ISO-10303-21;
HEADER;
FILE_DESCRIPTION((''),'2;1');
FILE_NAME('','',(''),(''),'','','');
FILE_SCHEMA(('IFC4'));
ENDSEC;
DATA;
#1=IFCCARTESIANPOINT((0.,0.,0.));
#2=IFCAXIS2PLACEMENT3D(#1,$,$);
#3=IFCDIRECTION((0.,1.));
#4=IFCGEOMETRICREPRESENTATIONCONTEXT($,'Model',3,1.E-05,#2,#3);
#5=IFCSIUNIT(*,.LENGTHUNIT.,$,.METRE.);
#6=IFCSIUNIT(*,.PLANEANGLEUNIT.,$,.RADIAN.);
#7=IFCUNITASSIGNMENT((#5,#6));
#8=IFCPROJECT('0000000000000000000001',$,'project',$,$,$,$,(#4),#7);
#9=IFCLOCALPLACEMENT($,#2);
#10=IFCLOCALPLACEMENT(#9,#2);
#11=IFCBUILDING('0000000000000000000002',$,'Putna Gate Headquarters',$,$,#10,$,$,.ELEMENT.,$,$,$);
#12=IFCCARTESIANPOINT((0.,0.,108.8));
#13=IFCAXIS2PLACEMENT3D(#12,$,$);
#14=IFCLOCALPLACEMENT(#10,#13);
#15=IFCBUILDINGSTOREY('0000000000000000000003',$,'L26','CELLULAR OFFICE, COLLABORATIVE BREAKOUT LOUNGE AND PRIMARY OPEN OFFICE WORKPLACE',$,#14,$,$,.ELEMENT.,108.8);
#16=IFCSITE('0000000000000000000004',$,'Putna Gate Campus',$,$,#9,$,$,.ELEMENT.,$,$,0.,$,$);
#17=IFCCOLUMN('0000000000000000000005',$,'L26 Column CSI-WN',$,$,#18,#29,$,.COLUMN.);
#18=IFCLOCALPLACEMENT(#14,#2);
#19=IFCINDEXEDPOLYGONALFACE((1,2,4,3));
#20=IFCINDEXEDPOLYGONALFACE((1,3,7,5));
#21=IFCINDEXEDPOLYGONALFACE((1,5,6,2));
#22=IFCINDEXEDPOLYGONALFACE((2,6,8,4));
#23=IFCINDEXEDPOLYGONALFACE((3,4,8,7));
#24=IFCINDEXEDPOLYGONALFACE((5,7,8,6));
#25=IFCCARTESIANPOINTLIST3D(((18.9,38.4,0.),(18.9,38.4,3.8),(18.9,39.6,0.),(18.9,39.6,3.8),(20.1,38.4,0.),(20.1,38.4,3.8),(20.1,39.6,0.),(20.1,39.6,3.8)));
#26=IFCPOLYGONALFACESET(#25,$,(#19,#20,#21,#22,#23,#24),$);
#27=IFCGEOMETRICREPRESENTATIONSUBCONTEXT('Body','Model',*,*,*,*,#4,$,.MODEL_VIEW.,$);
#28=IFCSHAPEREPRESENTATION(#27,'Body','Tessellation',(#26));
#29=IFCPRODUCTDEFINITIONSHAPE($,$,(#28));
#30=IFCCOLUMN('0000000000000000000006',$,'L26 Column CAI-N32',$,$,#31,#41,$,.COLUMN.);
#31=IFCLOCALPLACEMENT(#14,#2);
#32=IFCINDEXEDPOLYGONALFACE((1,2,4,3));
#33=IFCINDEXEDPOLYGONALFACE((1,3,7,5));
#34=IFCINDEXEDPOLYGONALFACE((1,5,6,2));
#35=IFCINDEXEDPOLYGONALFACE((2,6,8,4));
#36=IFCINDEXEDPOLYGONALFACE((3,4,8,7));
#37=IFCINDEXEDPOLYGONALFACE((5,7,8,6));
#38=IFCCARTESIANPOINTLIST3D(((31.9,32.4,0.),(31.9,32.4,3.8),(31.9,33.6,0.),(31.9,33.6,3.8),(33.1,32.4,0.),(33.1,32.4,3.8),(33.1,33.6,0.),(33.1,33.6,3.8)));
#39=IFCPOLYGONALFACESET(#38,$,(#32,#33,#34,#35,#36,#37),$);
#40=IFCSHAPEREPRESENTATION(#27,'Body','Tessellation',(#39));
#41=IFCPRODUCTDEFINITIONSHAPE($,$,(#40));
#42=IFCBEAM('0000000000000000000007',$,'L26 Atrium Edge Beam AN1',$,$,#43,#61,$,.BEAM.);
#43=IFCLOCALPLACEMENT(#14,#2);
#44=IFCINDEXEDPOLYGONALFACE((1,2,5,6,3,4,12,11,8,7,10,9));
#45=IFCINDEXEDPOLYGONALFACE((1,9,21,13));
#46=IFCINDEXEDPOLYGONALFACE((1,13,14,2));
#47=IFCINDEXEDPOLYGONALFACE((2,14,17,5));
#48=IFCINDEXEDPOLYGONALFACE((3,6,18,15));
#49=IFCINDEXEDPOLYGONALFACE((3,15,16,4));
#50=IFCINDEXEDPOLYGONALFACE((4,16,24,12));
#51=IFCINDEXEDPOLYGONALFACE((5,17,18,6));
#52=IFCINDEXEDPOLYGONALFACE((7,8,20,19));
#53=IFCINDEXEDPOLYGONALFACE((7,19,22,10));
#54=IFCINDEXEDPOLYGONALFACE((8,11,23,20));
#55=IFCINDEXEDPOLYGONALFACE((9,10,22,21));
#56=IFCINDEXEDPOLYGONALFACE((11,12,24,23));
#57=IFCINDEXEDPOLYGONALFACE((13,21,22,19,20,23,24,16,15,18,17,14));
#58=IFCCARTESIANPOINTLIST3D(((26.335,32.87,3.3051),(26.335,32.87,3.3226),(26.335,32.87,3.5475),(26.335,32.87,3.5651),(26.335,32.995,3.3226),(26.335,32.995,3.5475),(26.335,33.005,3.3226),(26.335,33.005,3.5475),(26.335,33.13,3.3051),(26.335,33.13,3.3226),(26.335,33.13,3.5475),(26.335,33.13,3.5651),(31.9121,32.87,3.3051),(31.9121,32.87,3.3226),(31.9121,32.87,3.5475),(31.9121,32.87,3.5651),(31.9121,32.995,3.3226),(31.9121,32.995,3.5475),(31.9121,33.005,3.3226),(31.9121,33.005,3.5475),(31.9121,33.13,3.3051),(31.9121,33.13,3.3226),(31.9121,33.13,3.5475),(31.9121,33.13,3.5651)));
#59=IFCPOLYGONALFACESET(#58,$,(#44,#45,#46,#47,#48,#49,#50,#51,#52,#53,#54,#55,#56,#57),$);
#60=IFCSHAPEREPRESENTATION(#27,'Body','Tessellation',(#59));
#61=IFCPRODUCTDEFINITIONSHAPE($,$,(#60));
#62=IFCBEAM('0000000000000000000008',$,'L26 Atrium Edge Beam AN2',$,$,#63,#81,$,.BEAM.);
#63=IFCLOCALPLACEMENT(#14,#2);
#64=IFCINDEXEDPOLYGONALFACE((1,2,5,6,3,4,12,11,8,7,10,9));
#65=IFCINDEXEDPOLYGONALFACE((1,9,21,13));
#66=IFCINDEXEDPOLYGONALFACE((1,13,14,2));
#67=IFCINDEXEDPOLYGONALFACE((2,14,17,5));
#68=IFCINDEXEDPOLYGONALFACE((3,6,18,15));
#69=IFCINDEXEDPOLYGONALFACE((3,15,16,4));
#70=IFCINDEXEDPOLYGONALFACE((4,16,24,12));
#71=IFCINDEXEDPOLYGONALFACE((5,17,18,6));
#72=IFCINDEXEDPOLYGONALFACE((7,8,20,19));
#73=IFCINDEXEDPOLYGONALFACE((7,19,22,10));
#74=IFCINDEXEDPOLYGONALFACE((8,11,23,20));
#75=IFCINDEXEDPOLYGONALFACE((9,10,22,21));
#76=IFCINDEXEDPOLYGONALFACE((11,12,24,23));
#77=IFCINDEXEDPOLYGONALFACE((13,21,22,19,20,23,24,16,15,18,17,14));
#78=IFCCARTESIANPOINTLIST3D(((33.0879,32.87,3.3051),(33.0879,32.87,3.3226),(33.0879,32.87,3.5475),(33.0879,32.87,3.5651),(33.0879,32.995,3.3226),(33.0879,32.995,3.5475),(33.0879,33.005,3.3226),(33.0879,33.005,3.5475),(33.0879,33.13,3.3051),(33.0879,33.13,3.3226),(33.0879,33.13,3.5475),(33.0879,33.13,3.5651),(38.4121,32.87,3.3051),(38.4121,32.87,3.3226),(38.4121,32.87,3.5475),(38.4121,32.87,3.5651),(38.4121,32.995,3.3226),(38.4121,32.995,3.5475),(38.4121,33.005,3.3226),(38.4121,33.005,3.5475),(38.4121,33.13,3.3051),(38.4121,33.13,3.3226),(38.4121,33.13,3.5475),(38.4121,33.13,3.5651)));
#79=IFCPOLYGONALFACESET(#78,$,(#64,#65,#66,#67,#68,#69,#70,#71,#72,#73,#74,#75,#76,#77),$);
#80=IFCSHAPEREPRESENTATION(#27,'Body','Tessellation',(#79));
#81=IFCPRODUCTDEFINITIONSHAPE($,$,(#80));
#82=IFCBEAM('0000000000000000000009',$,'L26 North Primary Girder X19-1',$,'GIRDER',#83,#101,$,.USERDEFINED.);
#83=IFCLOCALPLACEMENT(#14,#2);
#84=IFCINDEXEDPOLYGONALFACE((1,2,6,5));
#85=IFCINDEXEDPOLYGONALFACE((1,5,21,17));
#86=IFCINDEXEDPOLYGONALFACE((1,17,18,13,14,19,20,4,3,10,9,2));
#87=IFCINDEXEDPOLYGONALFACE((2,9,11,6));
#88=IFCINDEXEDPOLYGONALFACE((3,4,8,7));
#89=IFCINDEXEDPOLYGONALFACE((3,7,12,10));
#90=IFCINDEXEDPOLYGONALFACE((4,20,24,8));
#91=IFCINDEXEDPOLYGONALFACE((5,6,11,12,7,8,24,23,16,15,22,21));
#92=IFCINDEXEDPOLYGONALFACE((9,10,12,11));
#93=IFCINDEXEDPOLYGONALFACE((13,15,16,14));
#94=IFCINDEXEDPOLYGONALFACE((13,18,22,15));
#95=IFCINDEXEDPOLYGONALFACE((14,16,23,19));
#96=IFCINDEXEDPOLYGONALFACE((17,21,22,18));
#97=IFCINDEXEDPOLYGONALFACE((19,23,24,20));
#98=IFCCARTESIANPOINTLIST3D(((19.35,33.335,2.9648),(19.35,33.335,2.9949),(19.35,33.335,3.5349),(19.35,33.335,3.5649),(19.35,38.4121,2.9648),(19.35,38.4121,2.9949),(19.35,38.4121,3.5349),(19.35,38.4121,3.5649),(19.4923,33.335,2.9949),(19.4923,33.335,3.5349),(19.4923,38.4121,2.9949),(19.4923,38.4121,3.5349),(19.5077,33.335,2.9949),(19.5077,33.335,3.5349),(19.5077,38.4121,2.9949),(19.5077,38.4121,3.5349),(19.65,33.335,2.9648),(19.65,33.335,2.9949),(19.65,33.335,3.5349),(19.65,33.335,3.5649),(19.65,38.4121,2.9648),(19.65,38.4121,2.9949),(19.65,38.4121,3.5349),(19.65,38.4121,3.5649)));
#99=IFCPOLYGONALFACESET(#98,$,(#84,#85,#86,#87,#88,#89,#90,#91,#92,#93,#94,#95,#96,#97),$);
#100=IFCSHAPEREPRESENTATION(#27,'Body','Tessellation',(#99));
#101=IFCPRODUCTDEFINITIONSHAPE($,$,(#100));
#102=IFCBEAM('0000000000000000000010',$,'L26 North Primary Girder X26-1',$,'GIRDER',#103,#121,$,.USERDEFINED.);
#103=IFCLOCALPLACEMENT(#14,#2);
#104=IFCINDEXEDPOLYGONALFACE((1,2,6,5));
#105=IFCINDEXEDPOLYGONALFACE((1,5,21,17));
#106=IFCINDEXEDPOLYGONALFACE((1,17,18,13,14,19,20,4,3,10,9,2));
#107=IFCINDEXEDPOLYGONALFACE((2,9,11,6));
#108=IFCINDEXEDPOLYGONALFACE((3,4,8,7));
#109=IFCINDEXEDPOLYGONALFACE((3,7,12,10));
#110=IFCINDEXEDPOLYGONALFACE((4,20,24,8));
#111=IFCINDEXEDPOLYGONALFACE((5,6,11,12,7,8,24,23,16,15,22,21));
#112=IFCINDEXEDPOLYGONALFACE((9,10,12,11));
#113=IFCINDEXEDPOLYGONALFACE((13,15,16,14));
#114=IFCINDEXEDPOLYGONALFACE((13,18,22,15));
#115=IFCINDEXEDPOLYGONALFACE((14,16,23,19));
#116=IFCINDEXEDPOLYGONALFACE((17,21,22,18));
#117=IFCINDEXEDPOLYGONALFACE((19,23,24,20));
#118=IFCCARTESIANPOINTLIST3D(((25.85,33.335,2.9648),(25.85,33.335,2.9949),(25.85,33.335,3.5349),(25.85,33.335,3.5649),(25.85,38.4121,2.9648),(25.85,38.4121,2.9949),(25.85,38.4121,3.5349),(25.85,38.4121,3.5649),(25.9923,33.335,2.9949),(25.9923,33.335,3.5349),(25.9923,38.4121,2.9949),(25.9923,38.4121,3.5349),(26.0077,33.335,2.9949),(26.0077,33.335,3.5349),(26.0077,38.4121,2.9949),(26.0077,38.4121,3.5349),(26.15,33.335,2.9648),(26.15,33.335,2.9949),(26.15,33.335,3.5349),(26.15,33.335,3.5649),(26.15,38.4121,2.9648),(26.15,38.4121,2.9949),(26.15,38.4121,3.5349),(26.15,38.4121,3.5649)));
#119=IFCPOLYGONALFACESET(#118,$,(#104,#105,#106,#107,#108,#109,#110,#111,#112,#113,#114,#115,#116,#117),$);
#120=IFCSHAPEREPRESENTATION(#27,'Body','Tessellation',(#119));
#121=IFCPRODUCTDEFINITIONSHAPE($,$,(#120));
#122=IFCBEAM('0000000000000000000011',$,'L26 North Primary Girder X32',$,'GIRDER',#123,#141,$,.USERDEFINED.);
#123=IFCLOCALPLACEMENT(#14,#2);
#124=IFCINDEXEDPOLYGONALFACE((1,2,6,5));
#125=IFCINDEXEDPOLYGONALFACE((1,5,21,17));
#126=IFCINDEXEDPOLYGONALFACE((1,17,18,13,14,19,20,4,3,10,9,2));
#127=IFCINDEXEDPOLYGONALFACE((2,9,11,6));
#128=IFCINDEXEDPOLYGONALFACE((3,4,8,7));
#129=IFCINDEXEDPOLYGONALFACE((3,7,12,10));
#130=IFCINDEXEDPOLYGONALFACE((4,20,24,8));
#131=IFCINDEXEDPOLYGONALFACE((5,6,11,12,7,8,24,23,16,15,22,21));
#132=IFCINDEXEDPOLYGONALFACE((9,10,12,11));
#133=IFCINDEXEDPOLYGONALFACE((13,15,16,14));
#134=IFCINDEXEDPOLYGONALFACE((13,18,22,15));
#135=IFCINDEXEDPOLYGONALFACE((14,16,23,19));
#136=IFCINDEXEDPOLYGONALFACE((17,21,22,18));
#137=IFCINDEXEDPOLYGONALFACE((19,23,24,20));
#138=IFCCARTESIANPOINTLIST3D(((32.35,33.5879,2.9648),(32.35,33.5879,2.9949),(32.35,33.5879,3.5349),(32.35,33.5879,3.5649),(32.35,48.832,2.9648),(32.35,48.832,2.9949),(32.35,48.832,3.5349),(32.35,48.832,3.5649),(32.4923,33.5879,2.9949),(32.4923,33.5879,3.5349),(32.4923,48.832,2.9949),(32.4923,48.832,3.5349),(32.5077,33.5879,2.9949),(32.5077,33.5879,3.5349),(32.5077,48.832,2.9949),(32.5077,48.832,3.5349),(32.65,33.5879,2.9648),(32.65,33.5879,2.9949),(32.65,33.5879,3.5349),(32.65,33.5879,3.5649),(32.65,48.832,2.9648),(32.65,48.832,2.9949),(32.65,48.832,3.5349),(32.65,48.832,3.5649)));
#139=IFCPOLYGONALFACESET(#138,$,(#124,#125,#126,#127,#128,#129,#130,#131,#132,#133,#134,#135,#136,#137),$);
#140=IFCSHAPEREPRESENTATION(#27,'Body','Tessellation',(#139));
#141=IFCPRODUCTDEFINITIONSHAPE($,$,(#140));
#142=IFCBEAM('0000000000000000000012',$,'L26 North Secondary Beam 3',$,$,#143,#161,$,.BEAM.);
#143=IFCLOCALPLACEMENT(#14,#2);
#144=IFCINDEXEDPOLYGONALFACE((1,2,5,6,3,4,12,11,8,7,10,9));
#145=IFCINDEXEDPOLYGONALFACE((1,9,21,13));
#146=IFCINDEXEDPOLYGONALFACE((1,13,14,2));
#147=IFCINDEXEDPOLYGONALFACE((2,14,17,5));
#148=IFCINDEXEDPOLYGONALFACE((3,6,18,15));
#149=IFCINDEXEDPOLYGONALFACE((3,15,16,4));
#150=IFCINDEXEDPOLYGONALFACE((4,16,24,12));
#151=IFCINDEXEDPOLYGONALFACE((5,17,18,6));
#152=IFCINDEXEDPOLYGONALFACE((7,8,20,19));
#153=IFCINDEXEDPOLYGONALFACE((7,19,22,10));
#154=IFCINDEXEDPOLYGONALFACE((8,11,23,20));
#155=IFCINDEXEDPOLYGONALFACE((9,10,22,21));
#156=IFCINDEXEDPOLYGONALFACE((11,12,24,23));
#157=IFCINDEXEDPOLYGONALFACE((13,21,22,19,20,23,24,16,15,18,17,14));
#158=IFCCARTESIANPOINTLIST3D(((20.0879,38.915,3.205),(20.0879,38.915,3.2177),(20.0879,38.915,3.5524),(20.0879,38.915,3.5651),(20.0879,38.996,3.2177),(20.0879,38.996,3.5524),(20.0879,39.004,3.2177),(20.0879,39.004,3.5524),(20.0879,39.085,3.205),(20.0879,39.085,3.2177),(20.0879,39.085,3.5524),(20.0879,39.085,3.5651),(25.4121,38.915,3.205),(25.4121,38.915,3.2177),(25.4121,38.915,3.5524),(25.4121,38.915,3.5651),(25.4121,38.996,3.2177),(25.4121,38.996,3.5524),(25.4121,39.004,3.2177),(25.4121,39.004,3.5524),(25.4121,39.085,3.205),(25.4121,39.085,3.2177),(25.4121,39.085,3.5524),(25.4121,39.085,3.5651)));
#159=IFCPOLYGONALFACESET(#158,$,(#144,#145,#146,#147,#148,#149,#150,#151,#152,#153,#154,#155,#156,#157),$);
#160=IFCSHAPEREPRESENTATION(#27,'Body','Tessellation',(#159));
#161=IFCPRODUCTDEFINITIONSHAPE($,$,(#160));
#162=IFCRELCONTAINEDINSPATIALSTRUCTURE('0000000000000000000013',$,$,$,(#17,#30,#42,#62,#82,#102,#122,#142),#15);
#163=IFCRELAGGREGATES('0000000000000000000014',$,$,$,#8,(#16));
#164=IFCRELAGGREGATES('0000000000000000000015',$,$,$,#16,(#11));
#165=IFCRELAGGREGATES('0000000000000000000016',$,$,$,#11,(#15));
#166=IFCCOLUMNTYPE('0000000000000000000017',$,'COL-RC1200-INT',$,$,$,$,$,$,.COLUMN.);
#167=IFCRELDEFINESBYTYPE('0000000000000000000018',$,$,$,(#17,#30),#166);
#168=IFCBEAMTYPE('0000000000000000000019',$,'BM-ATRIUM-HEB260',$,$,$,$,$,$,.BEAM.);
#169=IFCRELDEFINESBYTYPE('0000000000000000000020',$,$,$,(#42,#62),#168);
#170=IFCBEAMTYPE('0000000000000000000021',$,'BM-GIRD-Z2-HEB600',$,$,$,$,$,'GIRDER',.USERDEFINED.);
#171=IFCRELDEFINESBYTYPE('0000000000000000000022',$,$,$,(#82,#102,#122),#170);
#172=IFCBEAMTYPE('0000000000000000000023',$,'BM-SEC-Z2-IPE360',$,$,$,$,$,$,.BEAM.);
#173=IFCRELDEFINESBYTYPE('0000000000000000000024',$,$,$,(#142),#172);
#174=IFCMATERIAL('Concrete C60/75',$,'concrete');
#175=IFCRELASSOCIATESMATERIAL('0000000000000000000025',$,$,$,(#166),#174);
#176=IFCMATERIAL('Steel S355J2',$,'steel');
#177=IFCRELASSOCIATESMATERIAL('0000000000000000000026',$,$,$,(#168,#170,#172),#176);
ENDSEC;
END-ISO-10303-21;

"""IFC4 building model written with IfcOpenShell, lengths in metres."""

from ifc_helpers import new_model, si_unit, direction, frame, origin, origin_2d, place, context, subcontext, project, spatial, rectangle, i_section, extrude, material, material_profile, profile_set, type_object, element, save


model = new_model("IFC4")

# Units and contexts
model_context = context("Model", 3, precision=1e-05, world=origin(), true_north=direction((0.0, 1.0)))
body_context = subcontext(model_context, "Body", "Model", "MODEL_VIEW")
ifc_project = project(units=[si_unit("LENGTHUNIT", "METRE"), si_unit("PLANEANGLEUNIT", "RADIAN")], contexts=[model_context])

# Site, building, storey
site_placement = place(None, origin())
site = spatial("IfcSite", under=ifc_project, at=site_placement, Name="Putna Gate Campus", CompositionType="ELEMENT", RefElevation=0.0)
building_placement = place(site_placement, origin())
building = spatial("IfcBuilding", under=site, at=building_placement, Name="Putna Gate Headquarters", CompositionType="ELEMENT")
storey_placement = place(building_placement, frame((0.0, 0.0, 108.8)))
storey = spatial("IfcBuildingStorey", under=building, at=storey_placement, Name="L26", Description="CELLULAR OFFICE, COLLABORATIVE BREAKOUT LOUNGE AND PRIMARY OPEN OFFICE WORKPLACE", CompositionType="ELEMENT", Elevation=108.8)

# Columns
ifc_material_1 = material(Name="Concrete C60/75", Category="concrete")
ifc_material_profile_1 = material_profile(ifc_material_1, rectangle(XDim=1.2, YDim=1.2, at=origin_2d()), Name="Concrete C60/75")
ifc_profile_set_1 = profile_set([ifc_material_profile_1], Name="Concrete C60/75")
column_type = type_object("IfcColumnType", Name="COL-RC1200-INT", PredefinedType="COLUMN", material=ifc_profile_set_1)
for number, where, z_axis, x_axis, name in (
    (1, (19.5, 39.0, 0.0), (0.0, 0.0, 1.0), (1.0, 0.0, 0.0), "L26 Column CSI-WN"),
    (2, (32.5, 33.0, 0.0), (0.0, 0.0, 1.0), (1.0, 0.0, 0.0), "L26 Column CAI-N32"),
):
    element("IfcColumn", number, at=place(storey_placement, frame(where, z_axis=z_axis, x_axis=x_axis)), inside=storey, type_object=column_type, Name=name, PredefinedType="COLUMN", context=body_context, shape_type="SweptSolid", body=[
        extrude(rectangle(XDim=1.2, YDim=1.2, at=origin_2d()), origin(), (0.0, 0.0, 1.0), 3.8),
    ])

# Beams
ifc_material_2 = material(Name="Steel S355J2", Category="steel")
ifc_material_profile_2 = material_profile(ifc_material_2, i_section(OverallWidth=0.26, OverallDepth=0.26, WebThickness=0.01, FlangeThickness=0.0176, at=origin_2d()), Name="Steel S355J2")
ifc_profile_set_2 = profile_set([ifc_material_profile_2], Name="Steel S355J2")
beam_type_1 = type_object("IfcBeamType", Name="BM-ATRIUM-HEB260", PredefinedType="BEAM", material=ifc_profile_set_2)
beam_1_placement = place(storey_placement, frame((26.335, 33.0, 3.4351), z_axis=(1.0, 0.0, 0.0), x_axis=(0.0, 1.0, 0.0)))
element("IfcBeam", 3, at=beam_1_placement, inside=storey, type_object=beam_type_1, Name="L26 Atrium Edge Beam AN1", PredefinedType="BEAM", context=body_context, shape_type="SweptSolid", body=[
    extrude(i_section(OverallWidth=0.26, OverallDepth=0.26, WebThickness=0.01, FlangeThickness=0.0176, at=origin_2d()), origin(), (0.0, 0.0, 1.0), 5.5771),
])
beam_2_placement = place(storey_placement, frame((33.0879, 33.0, 3.4351), z_axis=(1.0, 0.0, 0.0), x_axis=(0.0, 1.0, 0.0)))
element("IfcBeam", 4, at=beam_2_placement, inside=storey, type_object=beam_type_1, Name="L26 Atrium Edge Beam AN2", PredefinedType="BEAM", context=body_context, shape_type="SweptSolid", body=[
    extrude(i_section(OverallWidth=0.26, OverallDepth=0.26, WebThickness=0.01, FlangeThickness=0.0176, at=origin_2d()), origin(), (0.0, 0.0, 1.0), 5.3242),
])
ifc_material_profile_3 = material_profile(ifc_material_2, i_section(OverallWidth=0.3, OverallDepth=0.6001, WebThickness=0.0154, FlangeThickness=0.03, at=origin_2d()), Name="Steel S355J2")
ifc_profile_set_3 = profile_set([ifc_material_profile_3], Name="Steel S355J2")
beam_type_2 = type_object("IfcBeamType", Name="BM-GIRD-Z2-HEB600", ElementType="GIRDER", PredefinedType="USERDEFINED", material=ifc_profile_set_3)
for number, where, z_axis, x_axis, name in (
    (5, (19.5, 33.335, 3.2649), (0.0, 1.0, 0.0), (-1.0, 0.0, 0.0), "L26 North Primary Girder X19-1"),
    (6, (26.0, 33.335, 3.2649), (0.0, 1.0, 0.0), (-1.0, 0.0, 0.0), "L26 North Primary Girder X26-1"),
):
    element("IfcBeam", number, at=place(storey_placement, frame(where, z_axis=z_axis, x_axis=x_axis)), inside=storey, type_object=beam_type_2, Name=name, ObjectType="GIRDER", PredefinedType="USERDEFINED", context=body_context, shape_type="SweptSolid", body=[
        extrude(i_section(OverallWidth=0.3, OverallDepth=0.6001, WebThickness=0.0154, FlangeThickness=0.03, at=origin_2d()), origin(), (0.0, 0.0, 1.0), 5.0771),
    ])
beam_3_placement = place(storey_placement, frame((32.5, 33.5879, 3.2649), z_axis=(0.0, 1.0, 0.0), x_axis=(-1.0, 0.0, 0.0)))
element("IfcBeam", 7, at=beam_3_placement, inside=storey, type_object=beam_type_2, Name="L26 North Primary Girder X32", ObjectType="GIRDER", PredefinedType="USERDEFINED", context=body_context, shape_type="SweptSolid", body=[
    extrude(i_section(OverallWidth=0.3, OverallDepth=0.6001, WebThickness=0.0154, FlangeThickness=0.03, at=origin_2d()), origin(), (0.0, 0.0, 1.0), 15.2441),
])
ifc_material_profile_4 = material_profile(ifc_material_2, i_section(OverallWidth=0.1699, OverallDepth=0.3601, WebThickness=0.0081, FlangeThickness=0.0127, at=origin_2d()), Name="Steel S355J2")
ifc_profile_set_4 = profile_set([ifc_material_profile_4], Name="Steel S355J2")
beam_type_3 = type_object("IfcBeamType", Name="BM-SEC-Z2-IPE360", PredefinedType="BEAM", material=ifc_profile_set_4)
beam_4_placement = place(storey_placement, frame((20.0879, 39.0, 3.385), z_axis=(1.0, 0.0, 0.0), x_axis=(0.0, 1.0, 0.0)))
element("IfcBeam", 8, at=beam_4_placement, inside=storey, type_object=beam_type_3, Name="L26 North Secondary Beam 3", PredefinedType="BEAM", context=body_context, shape_type="SweptSolid", body=[
    extrude(i_section(OverallWidth=0.1699, OverallDepth=0.3601, WebThickness=0.0081, FlangeThickness=0.0127, at=origin_2d()), origin(), (0.0, 0.0, 1.0), 5.3242),
])

save(model, "model.ifc")
